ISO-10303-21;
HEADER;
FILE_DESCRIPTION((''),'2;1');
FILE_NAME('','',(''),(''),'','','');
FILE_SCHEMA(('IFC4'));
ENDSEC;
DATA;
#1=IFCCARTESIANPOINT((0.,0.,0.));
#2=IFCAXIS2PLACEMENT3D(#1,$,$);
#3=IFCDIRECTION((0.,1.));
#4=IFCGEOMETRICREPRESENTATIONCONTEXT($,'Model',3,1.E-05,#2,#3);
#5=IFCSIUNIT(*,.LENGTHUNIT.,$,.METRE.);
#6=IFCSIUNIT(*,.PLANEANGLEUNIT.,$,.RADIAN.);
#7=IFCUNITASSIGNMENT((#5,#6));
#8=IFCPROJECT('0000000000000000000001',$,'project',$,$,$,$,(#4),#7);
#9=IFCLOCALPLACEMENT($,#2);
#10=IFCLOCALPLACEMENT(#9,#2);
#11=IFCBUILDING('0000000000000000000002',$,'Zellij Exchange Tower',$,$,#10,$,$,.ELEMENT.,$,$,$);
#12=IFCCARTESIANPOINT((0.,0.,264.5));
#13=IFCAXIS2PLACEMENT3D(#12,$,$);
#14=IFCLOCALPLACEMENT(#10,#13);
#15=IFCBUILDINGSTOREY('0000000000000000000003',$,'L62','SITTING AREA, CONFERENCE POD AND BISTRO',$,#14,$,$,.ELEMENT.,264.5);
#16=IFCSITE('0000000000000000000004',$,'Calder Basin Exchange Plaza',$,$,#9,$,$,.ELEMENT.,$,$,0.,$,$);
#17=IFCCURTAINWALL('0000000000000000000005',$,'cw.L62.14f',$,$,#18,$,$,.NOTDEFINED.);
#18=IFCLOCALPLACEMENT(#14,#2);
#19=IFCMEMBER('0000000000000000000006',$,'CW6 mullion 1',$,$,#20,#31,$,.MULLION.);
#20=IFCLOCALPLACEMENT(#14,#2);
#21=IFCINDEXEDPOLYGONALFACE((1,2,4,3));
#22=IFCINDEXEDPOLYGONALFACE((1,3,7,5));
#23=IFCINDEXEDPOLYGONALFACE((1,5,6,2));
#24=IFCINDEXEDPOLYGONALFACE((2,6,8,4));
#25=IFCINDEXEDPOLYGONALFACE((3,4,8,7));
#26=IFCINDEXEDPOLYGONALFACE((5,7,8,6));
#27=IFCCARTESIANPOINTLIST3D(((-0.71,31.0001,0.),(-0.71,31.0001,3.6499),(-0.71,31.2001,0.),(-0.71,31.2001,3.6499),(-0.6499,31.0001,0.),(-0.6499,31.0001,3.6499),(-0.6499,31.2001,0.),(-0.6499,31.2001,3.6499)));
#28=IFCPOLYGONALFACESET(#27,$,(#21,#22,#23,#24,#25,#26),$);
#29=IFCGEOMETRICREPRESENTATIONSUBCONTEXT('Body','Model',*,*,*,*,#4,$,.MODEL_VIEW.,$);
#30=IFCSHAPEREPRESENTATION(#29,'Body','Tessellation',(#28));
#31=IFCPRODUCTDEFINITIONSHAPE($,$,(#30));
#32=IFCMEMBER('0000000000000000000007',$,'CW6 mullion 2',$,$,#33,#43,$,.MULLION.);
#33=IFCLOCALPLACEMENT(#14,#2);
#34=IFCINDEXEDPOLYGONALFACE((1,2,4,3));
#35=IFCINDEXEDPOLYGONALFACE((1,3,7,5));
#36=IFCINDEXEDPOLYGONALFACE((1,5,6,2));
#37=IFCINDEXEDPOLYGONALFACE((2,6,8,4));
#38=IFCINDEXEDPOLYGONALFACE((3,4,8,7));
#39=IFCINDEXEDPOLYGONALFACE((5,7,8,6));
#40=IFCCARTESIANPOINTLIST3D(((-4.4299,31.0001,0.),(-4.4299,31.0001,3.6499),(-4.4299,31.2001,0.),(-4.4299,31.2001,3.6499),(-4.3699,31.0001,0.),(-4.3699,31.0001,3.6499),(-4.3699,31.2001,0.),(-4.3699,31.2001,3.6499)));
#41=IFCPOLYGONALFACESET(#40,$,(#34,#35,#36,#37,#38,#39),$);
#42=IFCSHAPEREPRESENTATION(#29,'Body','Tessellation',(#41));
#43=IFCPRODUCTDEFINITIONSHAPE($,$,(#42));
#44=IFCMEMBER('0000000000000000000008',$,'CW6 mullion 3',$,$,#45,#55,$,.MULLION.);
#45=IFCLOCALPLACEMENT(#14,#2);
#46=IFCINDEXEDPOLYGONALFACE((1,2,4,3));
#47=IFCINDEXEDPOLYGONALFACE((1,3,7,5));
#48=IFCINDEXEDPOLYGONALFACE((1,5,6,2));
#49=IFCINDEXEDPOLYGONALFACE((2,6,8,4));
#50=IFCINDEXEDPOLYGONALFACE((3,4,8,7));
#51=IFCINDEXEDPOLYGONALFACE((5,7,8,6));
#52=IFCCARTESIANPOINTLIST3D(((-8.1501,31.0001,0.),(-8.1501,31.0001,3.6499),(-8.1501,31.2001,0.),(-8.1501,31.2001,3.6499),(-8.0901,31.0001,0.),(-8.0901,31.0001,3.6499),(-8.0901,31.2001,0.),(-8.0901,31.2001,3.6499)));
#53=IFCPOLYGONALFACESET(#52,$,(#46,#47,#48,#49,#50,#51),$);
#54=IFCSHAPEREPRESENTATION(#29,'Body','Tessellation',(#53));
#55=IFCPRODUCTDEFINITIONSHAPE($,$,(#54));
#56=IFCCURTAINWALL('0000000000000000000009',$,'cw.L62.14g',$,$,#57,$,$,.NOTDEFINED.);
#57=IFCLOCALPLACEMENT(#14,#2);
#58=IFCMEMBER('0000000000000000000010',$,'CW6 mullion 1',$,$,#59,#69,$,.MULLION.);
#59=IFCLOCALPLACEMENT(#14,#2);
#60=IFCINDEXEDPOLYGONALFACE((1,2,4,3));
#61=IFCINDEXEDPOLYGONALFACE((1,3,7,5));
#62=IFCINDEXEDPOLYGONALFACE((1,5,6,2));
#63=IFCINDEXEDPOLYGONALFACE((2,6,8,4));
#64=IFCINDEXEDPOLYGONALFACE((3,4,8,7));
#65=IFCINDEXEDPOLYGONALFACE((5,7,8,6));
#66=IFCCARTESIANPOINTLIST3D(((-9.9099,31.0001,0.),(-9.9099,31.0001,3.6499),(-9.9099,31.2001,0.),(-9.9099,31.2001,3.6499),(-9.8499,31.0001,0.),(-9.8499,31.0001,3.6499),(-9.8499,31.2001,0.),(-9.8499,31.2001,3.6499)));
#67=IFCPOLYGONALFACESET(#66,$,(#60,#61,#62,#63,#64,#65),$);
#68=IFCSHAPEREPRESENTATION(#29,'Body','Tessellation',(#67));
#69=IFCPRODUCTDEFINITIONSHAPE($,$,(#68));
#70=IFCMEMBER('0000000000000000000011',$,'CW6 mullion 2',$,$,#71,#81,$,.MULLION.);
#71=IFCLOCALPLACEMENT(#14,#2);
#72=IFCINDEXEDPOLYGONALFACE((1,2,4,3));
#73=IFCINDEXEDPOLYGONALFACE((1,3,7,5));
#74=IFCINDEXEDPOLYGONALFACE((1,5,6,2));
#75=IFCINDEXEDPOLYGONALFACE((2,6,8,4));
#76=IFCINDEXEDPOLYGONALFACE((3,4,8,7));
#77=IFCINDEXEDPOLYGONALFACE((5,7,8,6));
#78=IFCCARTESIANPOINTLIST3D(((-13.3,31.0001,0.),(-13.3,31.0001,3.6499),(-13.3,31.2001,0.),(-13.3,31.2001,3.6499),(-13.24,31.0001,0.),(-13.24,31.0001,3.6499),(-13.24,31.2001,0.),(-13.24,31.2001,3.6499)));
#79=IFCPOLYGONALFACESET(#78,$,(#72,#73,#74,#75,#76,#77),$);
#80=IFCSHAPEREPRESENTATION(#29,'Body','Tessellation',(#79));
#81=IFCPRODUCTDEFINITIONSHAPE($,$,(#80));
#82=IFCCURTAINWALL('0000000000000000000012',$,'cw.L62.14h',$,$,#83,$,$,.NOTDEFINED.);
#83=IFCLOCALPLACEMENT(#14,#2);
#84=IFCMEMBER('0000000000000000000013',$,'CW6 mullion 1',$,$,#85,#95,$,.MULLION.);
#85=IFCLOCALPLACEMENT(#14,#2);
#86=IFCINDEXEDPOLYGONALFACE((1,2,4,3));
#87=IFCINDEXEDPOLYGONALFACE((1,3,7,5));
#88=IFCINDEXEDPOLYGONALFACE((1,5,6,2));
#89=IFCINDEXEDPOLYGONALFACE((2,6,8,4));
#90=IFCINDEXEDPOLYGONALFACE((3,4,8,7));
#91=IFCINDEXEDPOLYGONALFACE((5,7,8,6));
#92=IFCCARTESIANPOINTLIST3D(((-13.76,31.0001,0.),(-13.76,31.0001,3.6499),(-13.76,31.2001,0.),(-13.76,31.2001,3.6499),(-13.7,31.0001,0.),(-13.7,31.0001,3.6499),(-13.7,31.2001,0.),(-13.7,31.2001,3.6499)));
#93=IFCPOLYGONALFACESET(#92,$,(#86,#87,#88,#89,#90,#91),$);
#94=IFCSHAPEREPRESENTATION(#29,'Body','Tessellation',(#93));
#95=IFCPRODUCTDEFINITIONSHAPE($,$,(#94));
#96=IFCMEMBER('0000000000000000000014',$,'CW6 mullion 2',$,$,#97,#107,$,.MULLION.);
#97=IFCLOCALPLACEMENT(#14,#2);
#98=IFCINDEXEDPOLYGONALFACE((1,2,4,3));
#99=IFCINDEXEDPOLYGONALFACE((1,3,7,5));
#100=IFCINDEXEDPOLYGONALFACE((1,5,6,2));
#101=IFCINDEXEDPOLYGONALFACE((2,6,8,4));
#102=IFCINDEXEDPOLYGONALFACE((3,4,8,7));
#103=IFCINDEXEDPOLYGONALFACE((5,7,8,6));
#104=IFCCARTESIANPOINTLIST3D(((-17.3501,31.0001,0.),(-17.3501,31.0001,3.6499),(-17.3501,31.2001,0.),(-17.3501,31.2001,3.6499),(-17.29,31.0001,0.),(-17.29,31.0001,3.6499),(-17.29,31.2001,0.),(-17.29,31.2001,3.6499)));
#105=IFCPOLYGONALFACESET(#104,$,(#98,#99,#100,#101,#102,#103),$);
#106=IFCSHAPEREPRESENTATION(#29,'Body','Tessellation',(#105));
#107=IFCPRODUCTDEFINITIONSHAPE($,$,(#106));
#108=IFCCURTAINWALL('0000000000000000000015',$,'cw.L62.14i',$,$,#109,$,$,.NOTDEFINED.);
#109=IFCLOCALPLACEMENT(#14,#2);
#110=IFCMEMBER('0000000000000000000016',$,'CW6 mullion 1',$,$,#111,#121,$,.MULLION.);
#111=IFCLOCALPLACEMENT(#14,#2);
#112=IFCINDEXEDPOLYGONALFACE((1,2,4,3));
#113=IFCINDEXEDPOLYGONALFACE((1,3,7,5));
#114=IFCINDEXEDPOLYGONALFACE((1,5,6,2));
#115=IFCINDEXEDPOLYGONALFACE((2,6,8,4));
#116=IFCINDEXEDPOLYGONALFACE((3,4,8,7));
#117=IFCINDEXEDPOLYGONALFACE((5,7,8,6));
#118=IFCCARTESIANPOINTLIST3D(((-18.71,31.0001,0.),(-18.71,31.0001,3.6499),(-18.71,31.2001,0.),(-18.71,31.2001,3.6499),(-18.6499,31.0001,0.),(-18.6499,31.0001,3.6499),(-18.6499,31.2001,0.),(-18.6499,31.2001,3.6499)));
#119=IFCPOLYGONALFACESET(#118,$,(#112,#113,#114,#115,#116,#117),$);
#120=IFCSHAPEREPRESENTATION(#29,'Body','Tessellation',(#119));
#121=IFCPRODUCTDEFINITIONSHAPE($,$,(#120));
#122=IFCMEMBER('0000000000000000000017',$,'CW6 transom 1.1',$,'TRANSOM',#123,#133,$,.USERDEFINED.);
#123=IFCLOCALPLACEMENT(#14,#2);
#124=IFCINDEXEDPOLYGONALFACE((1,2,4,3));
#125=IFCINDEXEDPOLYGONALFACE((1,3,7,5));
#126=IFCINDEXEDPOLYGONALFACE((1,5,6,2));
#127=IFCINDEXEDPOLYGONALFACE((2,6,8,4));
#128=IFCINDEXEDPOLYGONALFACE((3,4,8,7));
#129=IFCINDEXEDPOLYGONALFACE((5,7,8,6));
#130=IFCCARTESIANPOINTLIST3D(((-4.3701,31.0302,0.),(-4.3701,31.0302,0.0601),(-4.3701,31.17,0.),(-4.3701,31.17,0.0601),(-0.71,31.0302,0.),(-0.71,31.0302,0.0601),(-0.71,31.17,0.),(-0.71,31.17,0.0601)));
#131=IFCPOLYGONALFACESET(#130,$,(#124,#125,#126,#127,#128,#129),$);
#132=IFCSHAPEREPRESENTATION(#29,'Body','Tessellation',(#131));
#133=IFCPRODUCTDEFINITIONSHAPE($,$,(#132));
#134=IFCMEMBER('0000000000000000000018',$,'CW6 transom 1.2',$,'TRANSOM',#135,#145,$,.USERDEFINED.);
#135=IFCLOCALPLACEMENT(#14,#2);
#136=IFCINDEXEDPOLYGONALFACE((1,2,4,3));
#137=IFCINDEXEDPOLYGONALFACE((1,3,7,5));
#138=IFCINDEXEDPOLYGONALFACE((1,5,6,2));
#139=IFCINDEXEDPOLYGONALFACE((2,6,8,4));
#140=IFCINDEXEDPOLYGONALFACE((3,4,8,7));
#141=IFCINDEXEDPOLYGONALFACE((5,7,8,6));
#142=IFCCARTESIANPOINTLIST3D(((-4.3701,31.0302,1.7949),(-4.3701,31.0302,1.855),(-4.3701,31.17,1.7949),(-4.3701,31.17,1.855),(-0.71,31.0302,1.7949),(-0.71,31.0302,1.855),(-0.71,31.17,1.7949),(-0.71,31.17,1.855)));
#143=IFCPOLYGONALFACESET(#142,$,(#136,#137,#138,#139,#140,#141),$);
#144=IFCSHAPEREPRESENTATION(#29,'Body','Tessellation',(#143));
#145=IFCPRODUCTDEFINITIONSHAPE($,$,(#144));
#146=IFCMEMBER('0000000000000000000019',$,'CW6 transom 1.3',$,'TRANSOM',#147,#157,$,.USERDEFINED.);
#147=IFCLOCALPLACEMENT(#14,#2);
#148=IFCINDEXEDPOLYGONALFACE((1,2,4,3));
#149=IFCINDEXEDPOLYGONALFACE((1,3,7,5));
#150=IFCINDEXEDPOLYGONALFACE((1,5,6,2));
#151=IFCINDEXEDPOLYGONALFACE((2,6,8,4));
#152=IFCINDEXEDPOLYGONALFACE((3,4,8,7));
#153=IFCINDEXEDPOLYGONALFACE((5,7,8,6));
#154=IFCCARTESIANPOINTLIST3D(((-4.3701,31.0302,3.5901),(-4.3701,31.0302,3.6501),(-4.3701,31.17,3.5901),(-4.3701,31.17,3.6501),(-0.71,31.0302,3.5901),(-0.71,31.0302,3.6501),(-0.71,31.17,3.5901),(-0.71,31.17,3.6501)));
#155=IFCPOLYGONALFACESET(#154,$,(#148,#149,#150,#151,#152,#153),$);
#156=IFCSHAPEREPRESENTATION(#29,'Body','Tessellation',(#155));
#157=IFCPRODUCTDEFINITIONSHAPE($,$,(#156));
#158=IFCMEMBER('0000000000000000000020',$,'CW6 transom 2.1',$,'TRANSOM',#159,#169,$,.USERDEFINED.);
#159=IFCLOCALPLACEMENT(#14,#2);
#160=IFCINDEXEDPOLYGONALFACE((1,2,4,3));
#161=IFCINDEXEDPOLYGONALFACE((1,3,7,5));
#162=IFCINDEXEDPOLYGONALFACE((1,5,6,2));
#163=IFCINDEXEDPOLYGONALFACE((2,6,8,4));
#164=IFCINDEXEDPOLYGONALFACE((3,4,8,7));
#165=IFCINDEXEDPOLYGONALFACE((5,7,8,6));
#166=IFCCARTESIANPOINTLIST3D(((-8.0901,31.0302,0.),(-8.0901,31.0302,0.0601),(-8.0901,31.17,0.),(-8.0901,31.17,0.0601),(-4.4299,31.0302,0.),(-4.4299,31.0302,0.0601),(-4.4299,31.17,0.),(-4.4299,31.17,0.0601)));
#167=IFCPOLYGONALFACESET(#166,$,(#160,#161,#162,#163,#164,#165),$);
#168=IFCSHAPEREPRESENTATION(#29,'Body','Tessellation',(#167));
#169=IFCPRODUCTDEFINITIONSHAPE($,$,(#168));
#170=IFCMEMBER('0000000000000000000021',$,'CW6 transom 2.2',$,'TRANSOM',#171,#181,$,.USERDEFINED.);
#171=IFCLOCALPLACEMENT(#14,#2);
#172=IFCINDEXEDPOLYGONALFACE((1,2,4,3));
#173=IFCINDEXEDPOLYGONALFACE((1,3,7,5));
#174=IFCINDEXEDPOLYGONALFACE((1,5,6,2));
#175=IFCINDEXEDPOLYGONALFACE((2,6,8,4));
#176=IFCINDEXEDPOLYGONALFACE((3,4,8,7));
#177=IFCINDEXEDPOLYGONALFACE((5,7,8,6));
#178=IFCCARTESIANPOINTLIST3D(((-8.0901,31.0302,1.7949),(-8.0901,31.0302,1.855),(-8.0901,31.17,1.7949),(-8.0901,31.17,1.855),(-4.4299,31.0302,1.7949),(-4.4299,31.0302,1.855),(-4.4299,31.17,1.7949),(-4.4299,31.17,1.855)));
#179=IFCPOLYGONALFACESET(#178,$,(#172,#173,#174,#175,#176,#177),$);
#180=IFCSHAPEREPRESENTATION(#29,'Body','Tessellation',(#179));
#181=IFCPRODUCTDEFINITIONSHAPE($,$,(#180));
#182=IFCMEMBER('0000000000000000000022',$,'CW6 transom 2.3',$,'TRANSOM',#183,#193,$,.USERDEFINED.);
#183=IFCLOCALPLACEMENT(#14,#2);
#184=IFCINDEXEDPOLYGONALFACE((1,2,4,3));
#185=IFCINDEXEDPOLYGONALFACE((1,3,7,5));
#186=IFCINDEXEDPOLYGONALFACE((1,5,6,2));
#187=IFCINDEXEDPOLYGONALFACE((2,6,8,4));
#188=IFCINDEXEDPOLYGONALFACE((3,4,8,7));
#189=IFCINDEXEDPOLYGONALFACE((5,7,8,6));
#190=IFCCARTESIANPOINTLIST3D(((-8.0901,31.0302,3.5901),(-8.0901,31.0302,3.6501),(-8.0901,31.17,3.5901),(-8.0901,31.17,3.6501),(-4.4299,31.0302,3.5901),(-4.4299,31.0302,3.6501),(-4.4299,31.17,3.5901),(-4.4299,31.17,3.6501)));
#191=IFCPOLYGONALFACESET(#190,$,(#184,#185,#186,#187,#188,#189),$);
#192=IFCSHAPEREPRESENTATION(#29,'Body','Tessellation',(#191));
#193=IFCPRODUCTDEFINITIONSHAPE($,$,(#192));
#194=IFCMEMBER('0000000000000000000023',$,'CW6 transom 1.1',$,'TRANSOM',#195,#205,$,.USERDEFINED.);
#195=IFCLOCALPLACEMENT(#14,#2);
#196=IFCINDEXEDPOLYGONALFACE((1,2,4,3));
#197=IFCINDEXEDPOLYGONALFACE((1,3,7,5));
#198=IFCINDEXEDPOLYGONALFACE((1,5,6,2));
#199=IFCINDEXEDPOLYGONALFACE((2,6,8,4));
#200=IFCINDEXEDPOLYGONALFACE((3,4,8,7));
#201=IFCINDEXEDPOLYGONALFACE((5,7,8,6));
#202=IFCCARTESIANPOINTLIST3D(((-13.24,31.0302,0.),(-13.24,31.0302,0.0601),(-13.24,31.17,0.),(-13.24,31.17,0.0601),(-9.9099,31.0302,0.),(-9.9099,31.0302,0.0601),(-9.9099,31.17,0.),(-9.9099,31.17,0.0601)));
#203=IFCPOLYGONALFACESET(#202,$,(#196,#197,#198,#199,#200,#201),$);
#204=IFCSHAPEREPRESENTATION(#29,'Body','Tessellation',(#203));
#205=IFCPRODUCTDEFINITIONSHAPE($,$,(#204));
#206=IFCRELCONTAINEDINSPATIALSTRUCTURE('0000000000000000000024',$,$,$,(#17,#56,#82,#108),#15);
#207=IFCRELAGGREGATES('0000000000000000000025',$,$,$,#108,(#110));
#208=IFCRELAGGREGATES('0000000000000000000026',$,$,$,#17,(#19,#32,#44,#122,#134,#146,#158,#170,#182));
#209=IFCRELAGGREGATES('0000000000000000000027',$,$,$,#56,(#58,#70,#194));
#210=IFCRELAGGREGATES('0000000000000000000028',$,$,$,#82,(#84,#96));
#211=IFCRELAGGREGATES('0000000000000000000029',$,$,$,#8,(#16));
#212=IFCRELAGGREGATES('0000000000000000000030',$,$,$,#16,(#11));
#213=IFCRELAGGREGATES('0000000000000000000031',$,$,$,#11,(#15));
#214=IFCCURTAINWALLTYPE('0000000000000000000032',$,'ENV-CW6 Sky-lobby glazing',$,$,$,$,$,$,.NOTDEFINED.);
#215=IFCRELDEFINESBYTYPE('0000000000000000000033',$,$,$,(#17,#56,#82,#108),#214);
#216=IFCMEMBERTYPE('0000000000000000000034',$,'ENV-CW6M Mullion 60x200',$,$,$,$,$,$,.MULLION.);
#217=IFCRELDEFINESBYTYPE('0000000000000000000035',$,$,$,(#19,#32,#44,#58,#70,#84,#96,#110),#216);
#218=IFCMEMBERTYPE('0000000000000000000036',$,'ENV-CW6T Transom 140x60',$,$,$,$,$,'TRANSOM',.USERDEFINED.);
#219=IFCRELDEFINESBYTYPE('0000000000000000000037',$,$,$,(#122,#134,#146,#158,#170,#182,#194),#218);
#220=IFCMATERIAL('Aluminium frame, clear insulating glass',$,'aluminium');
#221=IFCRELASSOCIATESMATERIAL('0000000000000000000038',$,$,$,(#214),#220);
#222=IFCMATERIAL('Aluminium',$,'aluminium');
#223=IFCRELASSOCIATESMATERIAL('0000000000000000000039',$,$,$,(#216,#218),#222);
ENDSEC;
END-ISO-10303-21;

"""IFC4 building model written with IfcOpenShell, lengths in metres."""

from ifc_helpers import new_model, si_unit, direction, frame, origin, origin_2d, place, context, subcontext, project, spatial, rectangle, extrude, material, material_profile, profile_set, type_object, element, aggregate, save


model = new_model("IFC4")

# Units and contexts
model_context = context("Model", 3, precision=1e-05, world=origin(), true_north=direction((0.0, 1.0)))
body_context = subcontext(model_context, "Body", "Model", "MODEL_VIEW")
ifc_project = project(units=[si_unit("LENGTHUNIT", "METRE"), si_unit("PLANEANGLEUNIT", "RADIAN")], contexts=[model_context])

# Site, building, storey
site_placement = place(None, origin())
site = spatial("IfcSite", under=ifc_project, at=site_placement, Name="Calder Basin Exchange Plaza", CompositionType="ELEMENT", RefElevation=0.0)
building_placement = place(site_placement, origin())
building = spatial("IfcBuilding", under=site, at=building_placement, Name="Zellij Exchange Tower", CompositionType="ELEMENT")
storey_placement = place(building_placement, frame((0.0, 0.0, 264.5)))
storey = spatial("IfcBuildingStorey", under=building, at=storey_placement, Name="L62", Description="SITTING AREA, CONFERENCE POD AND BISTRO", CompositionType="ELEMENT", Elevation=264.5)

# Curtain walls, members
ifc_material_1 = material(Name="Aluminium frame, clear insulating glass", Category="aluminium")
curtain_wall_type = type_object("IfcCurtainWallType", Name="ENV-CW6 Sky-lobby glazing", PredefinedType="NOTDEFINED", material=ifc_material_1)
curtain_wall_1_placement = place(storey_placement, origin())
curtain_wall_1 = element("IfcCurtainWall", 1, at=curtain_wall_1_placement, inside=storey, type_object=curtain_wall_type, Name="cw.L62.14f", PredefinedType="NOTDEFINED")
ifc_material_2 = material(Name="Aluminium", Category="aluminium")
ifc_material_profile_1 = material_profile(ifc_material_2, rectangle(XDim=0.0601, YDim=0.2, at=origin_2d()), Name="AL 60x200")
ifc_profile_set_1 = profile_set([ifc_material_profile_1], Name="Aluminium")
member_type_1 = type_object("IfcMemberType", Name="ENV-CW6M Mullion 60x200", PredefinedType="MULLION", material=ifc_profile_set_1)
member_1_placement = place(storey_placement, frame((-0.6799, 31.1001, 0.0), z_axis=(0.0, 0.0, 1.0), x_axis=(-1.0, 0.0, 0.0)))
member_1 = element("IfcMember", 2, at=member_1_placement, type_object=member_type_1, Name="CW6 mullion 1", PredefinedType="MULLION", context=body_context, shape_type="SweptSolid", body=[
    extrude(rectangle(XDim=0.0601, YDim=0.2, at=origin_2d()), origin(), (0.0, 0.0, 1.0), 3.6499),
])
member_2_placement = place(storey_placement, frame((-4.3999, 31.1001, 0.0), z_axis=(0.0, 0.0, 1.0), x_axis=(-1.0, 0.0, 0.0)))
member_2 = element("IfcMember", 3, at=member_2_placement, type_object=member_type_1, Name="CW6 mullion 2", PredefinedType="MULLION", context=body_context, shape_type="SweptSolid", body=[
    extrude(rectangle(XDim=0.0601, YDim=0.2, at=origin_2d()), origin(), (0.0, 0.0, 1.0), 3.6499),
])
member_3_placement = place(storey_placement, frame((-8.1201, 31.1001, 0.0), z_axis=(0.0, 0.0, 1.0), x_axis=(-1.0, 0.0, 0.0)))
member_3 = element("IfcMember", 4, at=member_3_placement, type_object=member_type_1, Name="CW6 mullion 3", PredefinedType="MULLION", context=body_context, shape_type="SweptSolid", body=[
    extrude(rectangle(XDim=0.0601, YDim=0.2, at=origin_2d()), origin(), (0.0, 0.0, 1.0), 3.6499),
])
curtain_wall_2_placement = place(storey_placement, origin())
curtain_wall_2 = element("IfcCurtainWall", 5, at=curtain_wall_2_placement, inside=storey, type_object=curtain_wall_type, Name="cw.L62.14g", PredefinedType="NOTDEFINED")
member_4_placement = place(storey_placement, frame((-9.8799, 31.1001, 0.0), z_axis=(0.0, 0.0, 1.0), x_axis=(-1.0, 0.0, 0.0)))
member_4 = element("IfcMember", 6, at=member_4_placement, type_object=member_type_1, Name="CW6 mullion 1", PredefinedType="MULLION", context=body_context, shape_type="SweptSolid", body=[
    extrude(rectangle(XDim=0.0601, YDim=0.2, at=origin_2d()), origin(), (0.0, 0.0, 1.0), 3.6499),
])
member_5_placement = place(storey_placement, frame((-13.27, 31.1001, 0.0), z_axis=(0.0, 0.0, 1.0), x_axis=(-1.0, 0.0, 0.0)))
member_5 = element("IfcMember", 7, at=member_5_placement, type_object=member_type_1, Name="CW6 mullion 2", PredefinedType="MULLION", context=body_context, shape_type="SweptSolid", body=[
    extrude(rectangle(XDim=0.0601, YDim=0.2, at=origin_2d()), origin(), (0.0, 0.0, 1.0), 3.6499),
])
curtain_wall_3_placement = place(storey_placement, origin())
curtain_wall_3 = element("IfcCurtainWall", 8, at=curtain_wall_3_placement, inside=storey, type_object=curtain_wall_type, Name="cw.L62.14h", PredefinedType="NOTDEFINED")
member_6_placement = place(storey_placement, frame((-13.73, 31.1001, 0.0), z_axis=(0.0, 0.0, 1.0), x_axis=(-1.0, 0.0, 0.0)))
member_6 = element("IfcMember", 9, at=member_6_placement, type_object=member_type_1, Name="CW6 mullion 1", PredefinedType="MULLION", context=body_context, shape_type="SweptSolid", body=[
    extrude(rectangle(XDim=0.0601, YDim=0.2, at=origin_2d()), origin(), (0.0, 0.0, 1.0), 3.6499),
])
member_7_placement = place(storey_placement, frame((-17.3201, 31.1001, 0.0), z_axis=(0.0, 0.0, 1.0), x_axis=(-1.0, 0.0, 0.0)))
member_7 = element("IfcMember", 10, at=member_7_placement, type_object=member_type_1, Name="CW6 mullion 2", PredefinedType="MULLION", context=body_context, shape_type="SweptSolid", body=[
    extrude(rectangle(XDim=0.0601, YDim=0.2, at=origin_2d()), origin(), (0.0, 0.0, 1.0), 3.6499),
])

# Curtain wall, member
curtain_wall_4_placement = place(storey_placement, origin())
curtain_wall_4 = element("IfcCurtainWall", 11, at=curtain_wall_4_placement, inside=storey, type_object=curtain_wall_type, Name="cw.L62.14i", PredefinedType="NOTDEFINED")
member_8_placement = place(storey_placement, frame((-18.6799, 31.1001, 0.0), z_axis=(0.0, 0.0, 1.0), x_axis=(-1.0, 0.0, 0.0)))
member_8 = element("IfcMember", 12, at=member_8_placement, type_object=member_type_1, Name="CW6 mullion 1", PredefinedType="MULLION", context=body_context, shape_type="SweptSolid", body=[
    extrude(rectangle(XDim=0.0601, YDim=0.2, at=origin_2d()), origin(), (0.0, 0.0, 1.0), 3.6499),
])
aggregate(curtain_wall_4, [member_8])

# Members
ifc_material_profile_2 = material_profile(ifc_material_2, rectangle(XDim=0.1399, YDim=0.0601, at=origin_2d()), Name="AL 140x60")
ifc_profile_set_2 = profile_set([ifc_material_profile_2], Name="Aluminium")
member_type_2 = type_object("IfcMemberType", Name="ENV-CW6T Transom 140x60", ElementType="TRANSOM", PredefinedType="USERDEFINED", material=ifc_profile_set_2)
member_9_placement = place(storey_placement, frame((-0.71, 31.1001, 0.03), z_axis=(-1.0, 0.0, 0.0), x_axis=(0.0, -1.0, 0.0)))
member_9 = element("IfcMember", 13, at=member_9_placement, type_object=member_type_2, Name="CW6 transom 1.1", ObjectType="TRANSOM", PredefinedType="USERDEFINED", context=body_context, shape_type="SweptSolid", body=[
    extrude(rectangle(XDim=0.1399, YDim=0.0601, at=origin_2d()), origin(), (0.0, 0.0, 1.0), 3.6602),
])
member_10_placement = place(storey_placement, frame((-0.71, 31.1001, 1.825), z_axis=(-1.0, 0.0, 0.0), x_axis=(0.0, -1.0, 0.0)))
member_10 = element("IfcMember", 14, at=member_10_placement, type_object=member_type_2, Name="CW6 transom 1.2", ObjectType="TRANSOM", PredefinedType="USERDEFINED", context=body_context, shape_type="SweptSolid", body=[
    extrude(rectangle(XDim=0.1399, YDim=0.0601, at=origin_2d()), origin(), (0.0, 0.0, 1.0), 3.6602),
])
member_11_placement = place(storey_placement, frame((-0.71, 31.1001, 3.6201), z_axis=(-1.0, 0.0, 0.0), x_axis=(0.0, -1.0, 0.0)))
member_11 = element("IfcMember", 15, at=member_11_placement, type_object=member_type_2, Name="CW6 transom 1.3", ObjectType="TRANSOM", PredefinedType="USERDEFINED", context=body_context, shape_type="SweptSolid", body=[
    extrude(rectangle(XDim=0.1399, YDim=0.0601, at=origin_2d()), origin(), (0.0, 0.0, 1.0), 3.6602),
])
member_12_placement = place(storey_placement, frame((-4.4299, 31.1001, 0.03), z_axis=(-1.0, 0.0, 0.0), x_axis=(0.0, -1.0, 0.0)))
member_12 = element("IfcMember", 16, at=member_12_placement, type_object=member_type_2, Name="CW6 transom 2.1", ObjectType="TRANSOM", PredefinedType="USERDEFINED", context=body_context, shape_type="SweptSolid", body=[
    extrude(rectangle(XDim=0.1399, YDim=0.0601, at=origin_2d()), origin(), (0.0, 0.0, 1.0), 3.6602),
])
member_13_placement = place(storey_placement, frame((-4.4299, 31.1001, 1.825), z_axis=(-1.0, 0.0, 0.0), x_axis=(0.0, -1.0, 0.0)))
member_13 = element("IfcMember", 17, at=member_13_placement, type_object=member_type_2, Name="CW6 transom 2.2", ObjectType="TRANSOM", PredefinedType="USERDEFINED", context=body_context, shape_type="SweptSolid", body=[
    extrude(rectangle(XDim=0.1399, YDim=0.0601, at=origin_2d()), origin(), (0.0, 0.0, 1.0), 3.6602),
])
member_14_placement = place(storey_placement, frame((-4.4299, 31.1001, 3.6201), z_axis=(-1.0, 0.0, 0.0), x_axis=(0.0, -1.0, 0.0)))
member_14 = element("IfcMember", 18, at=member_14_placement, type_object=member_type_2, Name="CW6 transom 2.3", ObjectType="TRANSOM", PredefinedType="USERDEFINED", context=body_context, shape_type="SweptSolid", body=[
    extrude(rectangle(XDim=0.1399, YDim=0.0601, at=origin_2d()), origin(), (0.0, 0.0, 1.0), 3.6602),
])
member_15_placement = place(storey_placement, frame((-9.9099, 31.1001, 0.03), z_axis=(-1.0, 0.0, 0.0), x_axis=(0.0, -1.0, 0.0)))
member_15 = element("IfcMember", 19, at=member_15_placement, type_object=member_type_2, Name="CW6 transom 1.1", ObjectType="TRANSOM", PredefinedType="USERDEFINED", context=body_context, shape_type="SweptSolid", body=[
    extrude(rectangle(XDim=0.1399, YDim=0.0601, at=origin_2d()), origin(), (0.0, 0.0, 1.0), 3.3301),
])

aggregate(curtain_wall_1, [member_1, member_2, member_3, member_9, member_10, member_11, member_12, member_13, member_14])
aggregate(curtain_wall_2, [member_4, member_5, member_15])
aggregate(curtain_wall_3, [member_6, member_7])

save(model, "model.ifc")
